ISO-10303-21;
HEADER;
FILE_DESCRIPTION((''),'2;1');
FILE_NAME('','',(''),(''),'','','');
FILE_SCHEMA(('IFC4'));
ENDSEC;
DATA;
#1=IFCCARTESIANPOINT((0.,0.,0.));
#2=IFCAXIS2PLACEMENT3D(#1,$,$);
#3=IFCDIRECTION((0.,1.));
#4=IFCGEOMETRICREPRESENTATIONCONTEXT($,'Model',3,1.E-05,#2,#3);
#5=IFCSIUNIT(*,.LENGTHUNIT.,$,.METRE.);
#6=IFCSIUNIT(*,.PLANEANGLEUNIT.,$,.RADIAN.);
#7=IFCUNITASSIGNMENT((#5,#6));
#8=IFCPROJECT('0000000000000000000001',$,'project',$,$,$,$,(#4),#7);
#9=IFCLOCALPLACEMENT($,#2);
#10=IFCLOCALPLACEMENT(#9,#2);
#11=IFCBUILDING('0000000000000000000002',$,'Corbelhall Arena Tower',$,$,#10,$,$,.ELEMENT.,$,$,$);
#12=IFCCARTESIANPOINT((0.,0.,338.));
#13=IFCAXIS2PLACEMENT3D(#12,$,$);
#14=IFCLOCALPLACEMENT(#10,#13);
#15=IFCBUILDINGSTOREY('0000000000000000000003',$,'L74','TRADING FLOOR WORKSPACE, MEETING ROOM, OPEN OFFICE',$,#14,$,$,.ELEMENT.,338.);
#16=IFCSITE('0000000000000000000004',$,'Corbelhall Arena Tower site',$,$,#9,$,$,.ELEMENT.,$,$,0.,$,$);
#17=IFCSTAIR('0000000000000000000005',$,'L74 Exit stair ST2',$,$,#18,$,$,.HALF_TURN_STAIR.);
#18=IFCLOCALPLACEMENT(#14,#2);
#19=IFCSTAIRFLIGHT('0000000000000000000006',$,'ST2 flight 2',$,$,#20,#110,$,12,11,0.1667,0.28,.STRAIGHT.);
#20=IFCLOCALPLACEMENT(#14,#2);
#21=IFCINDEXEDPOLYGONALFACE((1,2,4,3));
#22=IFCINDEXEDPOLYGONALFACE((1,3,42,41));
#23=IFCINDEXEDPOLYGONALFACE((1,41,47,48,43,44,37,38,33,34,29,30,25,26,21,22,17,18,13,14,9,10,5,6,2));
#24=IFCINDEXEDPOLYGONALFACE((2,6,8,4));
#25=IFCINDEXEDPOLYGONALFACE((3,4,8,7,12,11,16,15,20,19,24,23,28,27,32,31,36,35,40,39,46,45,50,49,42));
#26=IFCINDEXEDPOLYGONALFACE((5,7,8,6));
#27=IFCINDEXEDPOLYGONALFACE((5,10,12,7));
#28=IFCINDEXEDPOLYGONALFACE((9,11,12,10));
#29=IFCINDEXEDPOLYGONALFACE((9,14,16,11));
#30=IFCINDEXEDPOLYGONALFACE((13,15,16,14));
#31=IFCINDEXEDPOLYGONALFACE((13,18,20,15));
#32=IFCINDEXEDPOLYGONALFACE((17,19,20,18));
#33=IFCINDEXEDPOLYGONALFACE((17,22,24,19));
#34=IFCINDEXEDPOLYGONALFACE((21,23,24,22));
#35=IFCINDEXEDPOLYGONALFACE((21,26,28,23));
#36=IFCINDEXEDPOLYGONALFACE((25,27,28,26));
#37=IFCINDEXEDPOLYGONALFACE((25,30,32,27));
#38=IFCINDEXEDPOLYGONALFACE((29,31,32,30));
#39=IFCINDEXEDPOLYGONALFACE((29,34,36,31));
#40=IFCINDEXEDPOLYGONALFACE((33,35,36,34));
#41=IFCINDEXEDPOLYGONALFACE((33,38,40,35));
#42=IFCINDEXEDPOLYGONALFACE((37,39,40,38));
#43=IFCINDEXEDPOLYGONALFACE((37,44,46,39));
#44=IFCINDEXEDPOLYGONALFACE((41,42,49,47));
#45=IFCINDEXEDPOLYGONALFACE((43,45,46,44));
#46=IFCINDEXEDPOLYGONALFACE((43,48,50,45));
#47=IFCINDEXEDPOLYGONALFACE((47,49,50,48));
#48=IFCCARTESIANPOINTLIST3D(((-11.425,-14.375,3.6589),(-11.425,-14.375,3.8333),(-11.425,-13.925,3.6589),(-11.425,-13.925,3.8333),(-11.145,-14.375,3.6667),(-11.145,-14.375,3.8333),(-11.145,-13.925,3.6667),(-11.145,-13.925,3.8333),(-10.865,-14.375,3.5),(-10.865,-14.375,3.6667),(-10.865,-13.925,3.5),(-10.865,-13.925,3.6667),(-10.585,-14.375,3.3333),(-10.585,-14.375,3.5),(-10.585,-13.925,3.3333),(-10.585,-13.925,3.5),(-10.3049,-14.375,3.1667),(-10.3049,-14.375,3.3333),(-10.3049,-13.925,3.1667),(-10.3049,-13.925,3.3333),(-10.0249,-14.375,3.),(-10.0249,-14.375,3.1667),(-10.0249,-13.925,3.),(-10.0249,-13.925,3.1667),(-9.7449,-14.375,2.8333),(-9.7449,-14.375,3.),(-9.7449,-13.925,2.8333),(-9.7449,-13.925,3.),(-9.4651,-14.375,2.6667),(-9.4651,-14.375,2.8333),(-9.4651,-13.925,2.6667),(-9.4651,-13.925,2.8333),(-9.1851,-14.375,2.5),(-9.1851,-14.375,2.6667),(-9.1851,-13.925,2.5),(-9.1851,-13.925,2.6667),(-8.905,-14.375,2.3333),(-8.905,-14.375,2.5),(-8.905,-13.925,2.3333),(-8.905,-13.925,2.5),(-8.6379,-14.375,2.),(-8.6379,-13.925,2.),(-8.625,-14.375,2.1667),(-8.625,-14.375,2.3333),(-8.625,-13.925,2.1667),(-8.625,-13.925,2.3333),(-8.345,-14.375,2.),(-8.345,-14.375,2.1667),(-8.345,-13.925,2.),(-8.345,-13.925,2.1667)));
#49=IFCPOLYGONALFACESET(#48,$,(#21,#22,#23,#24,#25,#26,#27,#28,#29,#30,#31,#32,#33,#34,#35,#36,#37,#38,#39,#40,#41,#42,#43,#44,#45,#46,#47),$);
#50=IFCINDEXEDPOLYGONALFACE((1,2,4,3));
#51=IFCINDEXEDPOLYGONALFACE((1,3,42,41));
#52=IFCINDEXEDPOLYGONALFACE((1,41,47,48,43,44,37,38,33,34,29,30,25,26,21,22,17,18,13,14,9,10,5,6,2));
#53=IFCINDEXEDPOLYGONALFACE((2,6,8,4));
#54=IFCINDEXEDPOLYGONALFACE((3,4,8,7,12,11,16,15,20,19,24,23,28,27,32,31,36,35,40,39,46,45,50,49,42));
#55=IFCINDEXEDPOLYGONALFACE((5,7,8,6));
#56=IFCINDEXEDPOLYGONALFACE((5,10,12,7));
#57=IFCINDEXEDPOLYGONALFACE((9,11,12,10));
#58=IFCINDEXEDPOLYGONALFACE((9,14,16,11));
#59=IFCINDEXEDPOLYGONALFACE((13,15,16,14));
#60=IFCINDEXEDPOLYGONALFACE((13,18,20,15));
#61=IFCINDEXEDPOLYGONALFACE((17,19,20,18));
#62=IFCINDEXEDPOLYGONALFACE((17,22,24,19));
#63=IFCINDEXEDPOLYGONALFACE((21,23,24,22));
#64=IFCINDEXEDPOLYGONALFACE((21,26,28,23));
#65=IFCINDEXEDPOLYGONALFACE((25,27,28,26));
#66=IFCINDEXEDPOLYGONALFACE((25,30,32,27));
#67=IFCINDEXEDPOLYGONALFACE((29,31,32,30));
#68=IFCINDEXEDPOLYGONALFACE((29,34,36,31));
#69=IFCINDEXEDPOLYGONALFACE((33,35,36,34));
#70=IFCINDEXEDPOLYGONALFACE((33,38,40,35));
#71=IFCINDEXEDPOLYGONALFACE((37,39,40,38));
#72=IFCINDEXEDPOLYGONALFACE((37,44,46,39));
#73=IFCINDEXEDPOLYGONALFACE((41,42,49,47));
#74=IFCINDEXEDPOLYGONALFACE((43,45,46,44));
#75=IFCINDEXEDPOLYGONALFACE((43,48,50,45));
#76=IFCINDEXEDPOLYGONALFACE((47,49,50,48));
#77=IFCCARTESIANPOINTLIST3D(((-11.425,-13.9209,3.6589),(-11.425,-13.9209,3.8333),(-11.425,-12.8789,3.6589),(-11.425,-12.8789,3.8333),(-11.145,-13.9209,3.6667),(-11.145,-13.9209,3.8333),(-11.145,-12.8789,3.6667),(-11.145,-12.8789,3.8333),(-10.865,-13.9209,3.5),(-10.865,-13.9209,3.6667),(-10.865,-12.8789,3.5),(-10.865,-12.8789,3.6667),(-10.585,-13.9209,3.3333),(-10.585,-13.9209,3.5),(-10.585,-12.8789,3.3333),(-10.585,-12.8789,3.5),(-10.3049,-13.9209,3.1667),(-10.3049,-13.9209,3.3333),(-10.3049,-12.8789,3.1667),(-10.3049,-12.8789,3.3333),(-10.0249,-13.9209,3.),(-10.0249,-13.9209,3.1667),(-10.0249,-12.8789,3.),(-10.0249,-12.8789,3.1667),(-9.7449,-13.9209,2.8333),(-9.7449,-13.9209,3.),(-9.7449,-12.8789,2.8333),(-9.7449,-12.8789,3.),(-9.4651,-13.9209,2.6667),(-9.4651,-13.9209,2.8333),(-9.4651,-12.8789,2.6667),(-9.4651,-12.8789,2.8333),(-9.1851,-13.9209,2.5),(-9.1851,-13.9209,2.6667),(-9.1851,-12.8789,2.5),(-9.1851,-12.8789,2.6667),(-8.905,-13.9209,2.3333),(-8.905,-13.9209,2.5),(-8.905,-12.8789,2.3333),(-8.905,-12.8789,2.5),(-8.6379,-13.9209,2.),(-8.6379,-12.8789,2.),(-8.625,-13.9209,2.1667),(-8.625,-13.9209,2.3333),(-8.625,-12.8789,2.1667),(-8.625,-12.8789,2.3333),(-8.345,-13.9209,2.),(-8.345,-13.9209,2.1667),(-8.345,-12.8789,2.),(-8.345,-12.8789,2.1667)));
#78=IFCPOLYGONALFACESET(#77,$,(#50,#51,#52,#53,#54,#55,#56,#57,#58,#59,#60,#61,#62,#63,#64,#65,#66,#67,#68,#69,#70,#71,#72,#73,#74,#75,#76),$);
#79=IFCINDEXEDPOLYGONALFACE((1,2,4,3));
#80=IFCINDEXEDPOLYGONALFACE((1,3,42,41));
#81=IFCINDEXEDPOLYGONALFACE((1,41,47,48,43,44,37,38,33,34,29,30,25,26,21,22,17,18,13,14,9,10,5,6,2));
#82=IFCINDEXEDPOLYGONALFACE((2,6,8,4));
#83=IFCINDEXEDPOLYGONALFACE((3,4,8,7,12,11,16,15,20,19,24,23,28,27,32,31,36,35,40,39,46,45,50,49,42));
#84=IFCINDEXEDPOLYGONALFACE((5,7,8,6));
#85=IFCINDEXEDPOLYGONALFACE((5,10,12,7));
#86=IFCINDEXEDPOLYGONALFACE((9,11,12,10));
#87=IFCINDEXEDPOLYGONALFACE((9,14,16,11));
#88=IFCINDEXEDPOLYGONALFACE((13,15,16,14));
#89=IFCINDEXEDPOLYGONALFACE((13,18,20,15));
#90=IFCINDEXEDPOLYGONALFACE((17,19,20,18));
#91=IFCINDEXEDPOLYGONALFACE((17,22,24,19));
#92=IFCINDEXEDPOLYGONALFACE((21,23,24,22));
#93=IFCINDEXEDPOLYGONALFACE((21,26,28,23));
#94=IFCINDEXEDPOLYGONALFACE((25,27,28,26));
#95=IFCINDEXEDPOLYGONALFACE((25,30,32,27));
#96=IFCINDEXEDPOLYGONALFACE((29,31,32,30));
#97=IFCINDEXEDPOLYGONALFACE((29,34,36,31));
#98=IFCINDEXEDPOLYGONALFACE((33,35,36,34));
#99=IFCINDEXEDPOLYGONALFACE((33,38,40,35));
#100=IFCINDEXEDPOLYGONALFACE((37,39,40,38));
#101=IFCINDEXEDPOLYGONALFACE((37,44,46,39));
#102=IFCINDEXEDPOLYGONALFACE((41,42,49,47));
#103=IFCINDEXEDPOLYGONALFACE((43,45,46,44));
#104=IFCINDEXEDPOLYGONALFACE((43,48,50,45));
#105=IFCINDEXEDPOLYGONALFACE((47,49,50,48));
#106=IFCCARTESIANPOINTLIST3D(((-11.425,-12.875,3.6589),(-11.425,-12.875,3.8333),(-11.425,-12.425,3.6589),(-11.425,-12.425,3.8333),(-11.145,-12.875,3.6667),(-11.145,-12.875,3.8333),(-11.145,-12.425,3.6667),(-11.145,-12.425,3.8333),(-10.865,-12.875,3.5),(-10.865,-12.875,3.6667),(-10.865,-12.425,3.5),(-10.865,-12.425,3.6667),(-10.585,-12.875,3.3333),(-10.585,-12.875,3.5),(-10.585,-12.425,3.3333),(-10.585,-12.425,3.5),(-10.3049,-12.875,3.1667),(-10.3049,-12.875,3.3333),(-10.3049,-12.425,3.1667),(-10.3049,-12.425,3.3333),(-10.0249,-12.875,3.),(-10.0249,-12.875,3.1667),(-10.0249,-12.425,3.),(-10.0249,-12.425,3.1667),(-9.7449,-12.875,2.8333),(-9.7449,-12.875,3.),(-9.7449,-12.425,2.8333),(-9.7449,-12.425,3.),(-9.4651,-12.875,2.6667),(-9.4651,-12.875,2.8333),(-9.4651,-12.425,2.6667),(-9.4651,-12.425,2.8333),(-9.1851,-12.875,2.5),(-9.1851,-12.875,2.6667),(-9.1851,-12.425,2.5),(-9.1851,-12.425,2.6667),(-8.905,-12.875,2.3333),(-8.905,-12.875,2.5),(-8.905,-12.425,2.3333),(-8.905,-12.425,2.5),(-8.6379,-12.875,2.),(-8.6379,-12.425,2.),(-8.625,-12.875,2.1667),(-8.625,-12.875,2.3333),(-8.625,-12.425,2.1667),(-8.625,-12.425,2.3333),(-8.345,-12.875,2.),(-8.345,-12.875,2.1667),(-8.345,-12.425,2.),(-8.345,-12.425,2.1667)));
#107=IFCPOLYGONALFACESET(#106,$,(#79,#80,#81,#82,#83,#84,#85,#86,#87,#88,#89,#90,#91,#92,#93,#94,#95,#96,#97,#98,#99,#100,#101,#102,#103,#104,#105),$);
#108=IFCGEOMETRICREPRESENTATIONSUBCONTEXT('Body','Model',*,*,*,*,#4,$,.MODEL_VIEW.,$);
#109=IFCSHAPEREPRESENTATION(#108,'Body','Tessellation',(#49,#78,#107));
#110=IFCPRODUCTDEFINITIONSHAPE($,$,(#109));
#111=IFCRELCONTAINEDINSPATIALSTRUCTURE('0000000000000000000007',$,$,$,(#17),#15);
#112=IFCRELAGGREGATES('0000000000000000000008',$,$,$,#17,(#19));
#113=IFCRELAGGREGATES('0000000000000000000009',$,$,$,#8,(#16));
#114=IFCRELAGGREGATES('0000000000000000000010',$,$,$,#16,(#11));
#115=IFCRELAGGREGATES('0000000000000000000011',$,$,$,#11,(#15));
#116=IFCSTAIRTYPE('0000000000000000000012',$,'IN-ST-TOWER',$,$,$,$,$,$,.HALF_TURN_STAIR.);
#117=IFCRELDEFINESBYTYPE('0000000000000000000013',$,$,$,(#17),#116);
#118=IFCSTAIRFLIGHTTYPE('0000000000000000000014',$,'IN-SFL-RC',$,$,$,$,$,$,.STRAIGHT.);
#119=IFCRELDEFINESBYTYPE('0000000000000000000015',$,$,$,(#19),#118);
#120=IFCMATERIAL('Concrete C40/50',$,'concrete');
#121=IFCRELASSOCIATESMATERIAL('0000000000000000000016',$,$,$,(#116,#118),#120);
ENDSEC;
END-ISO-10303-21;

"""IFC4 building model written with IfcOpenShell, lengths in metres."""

from ifc_helpers import new_model, si_unit, direction, frame, origin, place, context, subcontext, project, spatial, polyline, outline, extrude, material, type_object, element, aggregate, save


model = new_model("IFC4")

# Units and contexts
model_context = context("Model", 3, precision=1e-05, world=origin(), true_north=direction((0.0, 1.0)))
body_context = subcontext(model_context, "Body", "Model", "MODEL_VIEW")
ifc_project = project(units=[si_unit("LENGTHUNIT", "METRE"), si_unit("PLANEANGLEUNIT", "RADIAN")], contexts=[model_context])

# Site, building, storey
site_placement = place(None, origin())
site = spatial("IfcSite", under=ifc_project, at=site_placement, Name="Corbelhall Arena Tower site", CompositionType="ELEMENT", RefElevation=0.0)
building_placement = place(site_placement, origin())
building = spatial("IfcBuilding", under=site, at=building_placement, Name="Corbelhall Arena Tower", CompositionType="ELEMENT")
storey_placement = place(building_placement, frame((0.0, 0.0, 338.0)))
storey = spatial("IfcBuildingStorey", under=building, at=storey_placement, Name="L74", Description="TRADING FLOOR WORKSPACE, MEETING ROOM, OPEN OFFICE", CompositionType="ELEMENT", Elevation=338.0)

# Shared definitions
ifc_material_1 = material(Name="Concrete C40/50", Category="concrete")

# Stair, stair flight
stair_type = type_object("IfcStairType", Name="IN-ST-TOWER", PredefinedType="HALF_TURN_STAIR", material=ifc_material_1)
stair_placement = place(storey_placement, origin())
stair = element("IfcStair", 1, at=stair_placement, inside=storey, type_object=stair_type, Name="L74 Exit stair ST2", PredefinedType="HALF_TURN_STAIR")
stair_flight_type = type_object("IfcStairFlightType", Name="IN-SFL-RC", PredefinedType="STRAIGHT", material=ifc_material_1)
stair_flight_1_placement = place(storey_placement, frame((-8.345, -13.3999, 2.0), z_axis=(0.0, 0.0, 1.0), x_axis=(-1.0, 0.0, 0.0)))
stair_flight_1 = element("IfcStairFlight", 2, at=stair_flight_1_placement, type_object=stair_flight_type, Name="ST2 flight 2", NumberOfRisers=12, NumberOfTreads=11, PredefinedType="STRAIGHT", RiserHeight=0.1667, TreadLength=0.28, context=body_context, shape_type="SweptSolid", body=[
    extrude(outline(polyline([(0.0, 0.0), (0.0, 0.1667), (0.28, 0.1667), (0.28, 0.3333), (0.5601, 0.3333), (0.5601, 0.5), (0.8401, 0.5), (0.8401, 0.6667), (1.1201, 0.6667), (1.1201, 0.8333), (1.3999, 0.8333), (1.3999, 1.0), (1.6799, 1.0), (1.6799, 1.1667), (1.96, 1.1667), (1.96, 1.3333), (2.24, 1.3333), (2.24, 1.5), (2.52, 1.5), (2.52, 1.6667), (2.8, 1.6667), (2.8, 1.8333), (3.0801, 1.8333), (3.0801, 2.0), (3.0801, 1.6589), (0.293, 0.0), (0.0, 0.0)])), frame((0.0, 0.9751, 0.0), z_axis=(0.0, -1.0, 0.0), x_axis=(1.0, 0.0, 0.0)), (0.0, 0.0, 1.0), 0.45),
    extrude(outline(polyline([(0.0, 0.0), (0.0, 0.1667), (0.28, 0.1667), (0.28, 0.3333), (0.5601, 0.3333), (0.5601, 0.5), (0.8401, 0.5), (0.8401, 0.6667), (1.1201, 0.6667), (1.1201, 0.8333), (1.3999, 0.8333), (1.3999, 1.0), (1.6799, 1.0), (1.6799, 1.1667), (1.96, 1.1667), (1.96, 1.3333), (2.24, 1.3333), (2.24, 1.5), (2.52, 1.5), (2.52, 1.6667), (2.8, 1.6667), (2.8, 1.8333), (3.0801, 1.8333), (3.0801, 2.0), (3.0801, 1.6589), (0.293, 0.0), (0.0, 0.0)])), frame((0.0, 0.521, 0.0), z_axis=(0.0, -1.0, 0.0), x_axis=(1.0, 0.0, 0.0)), (0.0, 0.0, 1.0), 1.042),
    extrude(outline(polyline([(0.0, 0.0), (0.0, 0.1667), (0.28, 0.1667), (0.28, 0.3333), (0.5601, 0.3333), (0.5601, 0.5), (0.8401, 0.5), (0.8401, 0.6667), (1.1201, 0.6667), (1.1201, 0.8333), (1.3999, 0.8333), (1.3999, 1.0), (1.6799, 1.0), (1.6799, 1.1667), (1.96, 1.1667), (1.96, 1.3333), (2.24, 1.3333), (2.24, 1.5), (2.52, 1.5), (2.52, 1.6667), (2.8, 1.6667), (2.8, 1.8333), (3.0801, 1.8333), (3.0801, 2.0), (3.0801, 1.6589), (0.293, 0.0), (0.0, 0.0)])), frame((0.0, -0.5249, 0.0), z_axis=(0.0, -1.0, 0.0), x_axis=(1.0, 0.0, 0.0)), (0.0, 0.0, 1.0), 0.45),
])
aggregate(stair, [stair_flight_1])

save(model, "model.ifc")
